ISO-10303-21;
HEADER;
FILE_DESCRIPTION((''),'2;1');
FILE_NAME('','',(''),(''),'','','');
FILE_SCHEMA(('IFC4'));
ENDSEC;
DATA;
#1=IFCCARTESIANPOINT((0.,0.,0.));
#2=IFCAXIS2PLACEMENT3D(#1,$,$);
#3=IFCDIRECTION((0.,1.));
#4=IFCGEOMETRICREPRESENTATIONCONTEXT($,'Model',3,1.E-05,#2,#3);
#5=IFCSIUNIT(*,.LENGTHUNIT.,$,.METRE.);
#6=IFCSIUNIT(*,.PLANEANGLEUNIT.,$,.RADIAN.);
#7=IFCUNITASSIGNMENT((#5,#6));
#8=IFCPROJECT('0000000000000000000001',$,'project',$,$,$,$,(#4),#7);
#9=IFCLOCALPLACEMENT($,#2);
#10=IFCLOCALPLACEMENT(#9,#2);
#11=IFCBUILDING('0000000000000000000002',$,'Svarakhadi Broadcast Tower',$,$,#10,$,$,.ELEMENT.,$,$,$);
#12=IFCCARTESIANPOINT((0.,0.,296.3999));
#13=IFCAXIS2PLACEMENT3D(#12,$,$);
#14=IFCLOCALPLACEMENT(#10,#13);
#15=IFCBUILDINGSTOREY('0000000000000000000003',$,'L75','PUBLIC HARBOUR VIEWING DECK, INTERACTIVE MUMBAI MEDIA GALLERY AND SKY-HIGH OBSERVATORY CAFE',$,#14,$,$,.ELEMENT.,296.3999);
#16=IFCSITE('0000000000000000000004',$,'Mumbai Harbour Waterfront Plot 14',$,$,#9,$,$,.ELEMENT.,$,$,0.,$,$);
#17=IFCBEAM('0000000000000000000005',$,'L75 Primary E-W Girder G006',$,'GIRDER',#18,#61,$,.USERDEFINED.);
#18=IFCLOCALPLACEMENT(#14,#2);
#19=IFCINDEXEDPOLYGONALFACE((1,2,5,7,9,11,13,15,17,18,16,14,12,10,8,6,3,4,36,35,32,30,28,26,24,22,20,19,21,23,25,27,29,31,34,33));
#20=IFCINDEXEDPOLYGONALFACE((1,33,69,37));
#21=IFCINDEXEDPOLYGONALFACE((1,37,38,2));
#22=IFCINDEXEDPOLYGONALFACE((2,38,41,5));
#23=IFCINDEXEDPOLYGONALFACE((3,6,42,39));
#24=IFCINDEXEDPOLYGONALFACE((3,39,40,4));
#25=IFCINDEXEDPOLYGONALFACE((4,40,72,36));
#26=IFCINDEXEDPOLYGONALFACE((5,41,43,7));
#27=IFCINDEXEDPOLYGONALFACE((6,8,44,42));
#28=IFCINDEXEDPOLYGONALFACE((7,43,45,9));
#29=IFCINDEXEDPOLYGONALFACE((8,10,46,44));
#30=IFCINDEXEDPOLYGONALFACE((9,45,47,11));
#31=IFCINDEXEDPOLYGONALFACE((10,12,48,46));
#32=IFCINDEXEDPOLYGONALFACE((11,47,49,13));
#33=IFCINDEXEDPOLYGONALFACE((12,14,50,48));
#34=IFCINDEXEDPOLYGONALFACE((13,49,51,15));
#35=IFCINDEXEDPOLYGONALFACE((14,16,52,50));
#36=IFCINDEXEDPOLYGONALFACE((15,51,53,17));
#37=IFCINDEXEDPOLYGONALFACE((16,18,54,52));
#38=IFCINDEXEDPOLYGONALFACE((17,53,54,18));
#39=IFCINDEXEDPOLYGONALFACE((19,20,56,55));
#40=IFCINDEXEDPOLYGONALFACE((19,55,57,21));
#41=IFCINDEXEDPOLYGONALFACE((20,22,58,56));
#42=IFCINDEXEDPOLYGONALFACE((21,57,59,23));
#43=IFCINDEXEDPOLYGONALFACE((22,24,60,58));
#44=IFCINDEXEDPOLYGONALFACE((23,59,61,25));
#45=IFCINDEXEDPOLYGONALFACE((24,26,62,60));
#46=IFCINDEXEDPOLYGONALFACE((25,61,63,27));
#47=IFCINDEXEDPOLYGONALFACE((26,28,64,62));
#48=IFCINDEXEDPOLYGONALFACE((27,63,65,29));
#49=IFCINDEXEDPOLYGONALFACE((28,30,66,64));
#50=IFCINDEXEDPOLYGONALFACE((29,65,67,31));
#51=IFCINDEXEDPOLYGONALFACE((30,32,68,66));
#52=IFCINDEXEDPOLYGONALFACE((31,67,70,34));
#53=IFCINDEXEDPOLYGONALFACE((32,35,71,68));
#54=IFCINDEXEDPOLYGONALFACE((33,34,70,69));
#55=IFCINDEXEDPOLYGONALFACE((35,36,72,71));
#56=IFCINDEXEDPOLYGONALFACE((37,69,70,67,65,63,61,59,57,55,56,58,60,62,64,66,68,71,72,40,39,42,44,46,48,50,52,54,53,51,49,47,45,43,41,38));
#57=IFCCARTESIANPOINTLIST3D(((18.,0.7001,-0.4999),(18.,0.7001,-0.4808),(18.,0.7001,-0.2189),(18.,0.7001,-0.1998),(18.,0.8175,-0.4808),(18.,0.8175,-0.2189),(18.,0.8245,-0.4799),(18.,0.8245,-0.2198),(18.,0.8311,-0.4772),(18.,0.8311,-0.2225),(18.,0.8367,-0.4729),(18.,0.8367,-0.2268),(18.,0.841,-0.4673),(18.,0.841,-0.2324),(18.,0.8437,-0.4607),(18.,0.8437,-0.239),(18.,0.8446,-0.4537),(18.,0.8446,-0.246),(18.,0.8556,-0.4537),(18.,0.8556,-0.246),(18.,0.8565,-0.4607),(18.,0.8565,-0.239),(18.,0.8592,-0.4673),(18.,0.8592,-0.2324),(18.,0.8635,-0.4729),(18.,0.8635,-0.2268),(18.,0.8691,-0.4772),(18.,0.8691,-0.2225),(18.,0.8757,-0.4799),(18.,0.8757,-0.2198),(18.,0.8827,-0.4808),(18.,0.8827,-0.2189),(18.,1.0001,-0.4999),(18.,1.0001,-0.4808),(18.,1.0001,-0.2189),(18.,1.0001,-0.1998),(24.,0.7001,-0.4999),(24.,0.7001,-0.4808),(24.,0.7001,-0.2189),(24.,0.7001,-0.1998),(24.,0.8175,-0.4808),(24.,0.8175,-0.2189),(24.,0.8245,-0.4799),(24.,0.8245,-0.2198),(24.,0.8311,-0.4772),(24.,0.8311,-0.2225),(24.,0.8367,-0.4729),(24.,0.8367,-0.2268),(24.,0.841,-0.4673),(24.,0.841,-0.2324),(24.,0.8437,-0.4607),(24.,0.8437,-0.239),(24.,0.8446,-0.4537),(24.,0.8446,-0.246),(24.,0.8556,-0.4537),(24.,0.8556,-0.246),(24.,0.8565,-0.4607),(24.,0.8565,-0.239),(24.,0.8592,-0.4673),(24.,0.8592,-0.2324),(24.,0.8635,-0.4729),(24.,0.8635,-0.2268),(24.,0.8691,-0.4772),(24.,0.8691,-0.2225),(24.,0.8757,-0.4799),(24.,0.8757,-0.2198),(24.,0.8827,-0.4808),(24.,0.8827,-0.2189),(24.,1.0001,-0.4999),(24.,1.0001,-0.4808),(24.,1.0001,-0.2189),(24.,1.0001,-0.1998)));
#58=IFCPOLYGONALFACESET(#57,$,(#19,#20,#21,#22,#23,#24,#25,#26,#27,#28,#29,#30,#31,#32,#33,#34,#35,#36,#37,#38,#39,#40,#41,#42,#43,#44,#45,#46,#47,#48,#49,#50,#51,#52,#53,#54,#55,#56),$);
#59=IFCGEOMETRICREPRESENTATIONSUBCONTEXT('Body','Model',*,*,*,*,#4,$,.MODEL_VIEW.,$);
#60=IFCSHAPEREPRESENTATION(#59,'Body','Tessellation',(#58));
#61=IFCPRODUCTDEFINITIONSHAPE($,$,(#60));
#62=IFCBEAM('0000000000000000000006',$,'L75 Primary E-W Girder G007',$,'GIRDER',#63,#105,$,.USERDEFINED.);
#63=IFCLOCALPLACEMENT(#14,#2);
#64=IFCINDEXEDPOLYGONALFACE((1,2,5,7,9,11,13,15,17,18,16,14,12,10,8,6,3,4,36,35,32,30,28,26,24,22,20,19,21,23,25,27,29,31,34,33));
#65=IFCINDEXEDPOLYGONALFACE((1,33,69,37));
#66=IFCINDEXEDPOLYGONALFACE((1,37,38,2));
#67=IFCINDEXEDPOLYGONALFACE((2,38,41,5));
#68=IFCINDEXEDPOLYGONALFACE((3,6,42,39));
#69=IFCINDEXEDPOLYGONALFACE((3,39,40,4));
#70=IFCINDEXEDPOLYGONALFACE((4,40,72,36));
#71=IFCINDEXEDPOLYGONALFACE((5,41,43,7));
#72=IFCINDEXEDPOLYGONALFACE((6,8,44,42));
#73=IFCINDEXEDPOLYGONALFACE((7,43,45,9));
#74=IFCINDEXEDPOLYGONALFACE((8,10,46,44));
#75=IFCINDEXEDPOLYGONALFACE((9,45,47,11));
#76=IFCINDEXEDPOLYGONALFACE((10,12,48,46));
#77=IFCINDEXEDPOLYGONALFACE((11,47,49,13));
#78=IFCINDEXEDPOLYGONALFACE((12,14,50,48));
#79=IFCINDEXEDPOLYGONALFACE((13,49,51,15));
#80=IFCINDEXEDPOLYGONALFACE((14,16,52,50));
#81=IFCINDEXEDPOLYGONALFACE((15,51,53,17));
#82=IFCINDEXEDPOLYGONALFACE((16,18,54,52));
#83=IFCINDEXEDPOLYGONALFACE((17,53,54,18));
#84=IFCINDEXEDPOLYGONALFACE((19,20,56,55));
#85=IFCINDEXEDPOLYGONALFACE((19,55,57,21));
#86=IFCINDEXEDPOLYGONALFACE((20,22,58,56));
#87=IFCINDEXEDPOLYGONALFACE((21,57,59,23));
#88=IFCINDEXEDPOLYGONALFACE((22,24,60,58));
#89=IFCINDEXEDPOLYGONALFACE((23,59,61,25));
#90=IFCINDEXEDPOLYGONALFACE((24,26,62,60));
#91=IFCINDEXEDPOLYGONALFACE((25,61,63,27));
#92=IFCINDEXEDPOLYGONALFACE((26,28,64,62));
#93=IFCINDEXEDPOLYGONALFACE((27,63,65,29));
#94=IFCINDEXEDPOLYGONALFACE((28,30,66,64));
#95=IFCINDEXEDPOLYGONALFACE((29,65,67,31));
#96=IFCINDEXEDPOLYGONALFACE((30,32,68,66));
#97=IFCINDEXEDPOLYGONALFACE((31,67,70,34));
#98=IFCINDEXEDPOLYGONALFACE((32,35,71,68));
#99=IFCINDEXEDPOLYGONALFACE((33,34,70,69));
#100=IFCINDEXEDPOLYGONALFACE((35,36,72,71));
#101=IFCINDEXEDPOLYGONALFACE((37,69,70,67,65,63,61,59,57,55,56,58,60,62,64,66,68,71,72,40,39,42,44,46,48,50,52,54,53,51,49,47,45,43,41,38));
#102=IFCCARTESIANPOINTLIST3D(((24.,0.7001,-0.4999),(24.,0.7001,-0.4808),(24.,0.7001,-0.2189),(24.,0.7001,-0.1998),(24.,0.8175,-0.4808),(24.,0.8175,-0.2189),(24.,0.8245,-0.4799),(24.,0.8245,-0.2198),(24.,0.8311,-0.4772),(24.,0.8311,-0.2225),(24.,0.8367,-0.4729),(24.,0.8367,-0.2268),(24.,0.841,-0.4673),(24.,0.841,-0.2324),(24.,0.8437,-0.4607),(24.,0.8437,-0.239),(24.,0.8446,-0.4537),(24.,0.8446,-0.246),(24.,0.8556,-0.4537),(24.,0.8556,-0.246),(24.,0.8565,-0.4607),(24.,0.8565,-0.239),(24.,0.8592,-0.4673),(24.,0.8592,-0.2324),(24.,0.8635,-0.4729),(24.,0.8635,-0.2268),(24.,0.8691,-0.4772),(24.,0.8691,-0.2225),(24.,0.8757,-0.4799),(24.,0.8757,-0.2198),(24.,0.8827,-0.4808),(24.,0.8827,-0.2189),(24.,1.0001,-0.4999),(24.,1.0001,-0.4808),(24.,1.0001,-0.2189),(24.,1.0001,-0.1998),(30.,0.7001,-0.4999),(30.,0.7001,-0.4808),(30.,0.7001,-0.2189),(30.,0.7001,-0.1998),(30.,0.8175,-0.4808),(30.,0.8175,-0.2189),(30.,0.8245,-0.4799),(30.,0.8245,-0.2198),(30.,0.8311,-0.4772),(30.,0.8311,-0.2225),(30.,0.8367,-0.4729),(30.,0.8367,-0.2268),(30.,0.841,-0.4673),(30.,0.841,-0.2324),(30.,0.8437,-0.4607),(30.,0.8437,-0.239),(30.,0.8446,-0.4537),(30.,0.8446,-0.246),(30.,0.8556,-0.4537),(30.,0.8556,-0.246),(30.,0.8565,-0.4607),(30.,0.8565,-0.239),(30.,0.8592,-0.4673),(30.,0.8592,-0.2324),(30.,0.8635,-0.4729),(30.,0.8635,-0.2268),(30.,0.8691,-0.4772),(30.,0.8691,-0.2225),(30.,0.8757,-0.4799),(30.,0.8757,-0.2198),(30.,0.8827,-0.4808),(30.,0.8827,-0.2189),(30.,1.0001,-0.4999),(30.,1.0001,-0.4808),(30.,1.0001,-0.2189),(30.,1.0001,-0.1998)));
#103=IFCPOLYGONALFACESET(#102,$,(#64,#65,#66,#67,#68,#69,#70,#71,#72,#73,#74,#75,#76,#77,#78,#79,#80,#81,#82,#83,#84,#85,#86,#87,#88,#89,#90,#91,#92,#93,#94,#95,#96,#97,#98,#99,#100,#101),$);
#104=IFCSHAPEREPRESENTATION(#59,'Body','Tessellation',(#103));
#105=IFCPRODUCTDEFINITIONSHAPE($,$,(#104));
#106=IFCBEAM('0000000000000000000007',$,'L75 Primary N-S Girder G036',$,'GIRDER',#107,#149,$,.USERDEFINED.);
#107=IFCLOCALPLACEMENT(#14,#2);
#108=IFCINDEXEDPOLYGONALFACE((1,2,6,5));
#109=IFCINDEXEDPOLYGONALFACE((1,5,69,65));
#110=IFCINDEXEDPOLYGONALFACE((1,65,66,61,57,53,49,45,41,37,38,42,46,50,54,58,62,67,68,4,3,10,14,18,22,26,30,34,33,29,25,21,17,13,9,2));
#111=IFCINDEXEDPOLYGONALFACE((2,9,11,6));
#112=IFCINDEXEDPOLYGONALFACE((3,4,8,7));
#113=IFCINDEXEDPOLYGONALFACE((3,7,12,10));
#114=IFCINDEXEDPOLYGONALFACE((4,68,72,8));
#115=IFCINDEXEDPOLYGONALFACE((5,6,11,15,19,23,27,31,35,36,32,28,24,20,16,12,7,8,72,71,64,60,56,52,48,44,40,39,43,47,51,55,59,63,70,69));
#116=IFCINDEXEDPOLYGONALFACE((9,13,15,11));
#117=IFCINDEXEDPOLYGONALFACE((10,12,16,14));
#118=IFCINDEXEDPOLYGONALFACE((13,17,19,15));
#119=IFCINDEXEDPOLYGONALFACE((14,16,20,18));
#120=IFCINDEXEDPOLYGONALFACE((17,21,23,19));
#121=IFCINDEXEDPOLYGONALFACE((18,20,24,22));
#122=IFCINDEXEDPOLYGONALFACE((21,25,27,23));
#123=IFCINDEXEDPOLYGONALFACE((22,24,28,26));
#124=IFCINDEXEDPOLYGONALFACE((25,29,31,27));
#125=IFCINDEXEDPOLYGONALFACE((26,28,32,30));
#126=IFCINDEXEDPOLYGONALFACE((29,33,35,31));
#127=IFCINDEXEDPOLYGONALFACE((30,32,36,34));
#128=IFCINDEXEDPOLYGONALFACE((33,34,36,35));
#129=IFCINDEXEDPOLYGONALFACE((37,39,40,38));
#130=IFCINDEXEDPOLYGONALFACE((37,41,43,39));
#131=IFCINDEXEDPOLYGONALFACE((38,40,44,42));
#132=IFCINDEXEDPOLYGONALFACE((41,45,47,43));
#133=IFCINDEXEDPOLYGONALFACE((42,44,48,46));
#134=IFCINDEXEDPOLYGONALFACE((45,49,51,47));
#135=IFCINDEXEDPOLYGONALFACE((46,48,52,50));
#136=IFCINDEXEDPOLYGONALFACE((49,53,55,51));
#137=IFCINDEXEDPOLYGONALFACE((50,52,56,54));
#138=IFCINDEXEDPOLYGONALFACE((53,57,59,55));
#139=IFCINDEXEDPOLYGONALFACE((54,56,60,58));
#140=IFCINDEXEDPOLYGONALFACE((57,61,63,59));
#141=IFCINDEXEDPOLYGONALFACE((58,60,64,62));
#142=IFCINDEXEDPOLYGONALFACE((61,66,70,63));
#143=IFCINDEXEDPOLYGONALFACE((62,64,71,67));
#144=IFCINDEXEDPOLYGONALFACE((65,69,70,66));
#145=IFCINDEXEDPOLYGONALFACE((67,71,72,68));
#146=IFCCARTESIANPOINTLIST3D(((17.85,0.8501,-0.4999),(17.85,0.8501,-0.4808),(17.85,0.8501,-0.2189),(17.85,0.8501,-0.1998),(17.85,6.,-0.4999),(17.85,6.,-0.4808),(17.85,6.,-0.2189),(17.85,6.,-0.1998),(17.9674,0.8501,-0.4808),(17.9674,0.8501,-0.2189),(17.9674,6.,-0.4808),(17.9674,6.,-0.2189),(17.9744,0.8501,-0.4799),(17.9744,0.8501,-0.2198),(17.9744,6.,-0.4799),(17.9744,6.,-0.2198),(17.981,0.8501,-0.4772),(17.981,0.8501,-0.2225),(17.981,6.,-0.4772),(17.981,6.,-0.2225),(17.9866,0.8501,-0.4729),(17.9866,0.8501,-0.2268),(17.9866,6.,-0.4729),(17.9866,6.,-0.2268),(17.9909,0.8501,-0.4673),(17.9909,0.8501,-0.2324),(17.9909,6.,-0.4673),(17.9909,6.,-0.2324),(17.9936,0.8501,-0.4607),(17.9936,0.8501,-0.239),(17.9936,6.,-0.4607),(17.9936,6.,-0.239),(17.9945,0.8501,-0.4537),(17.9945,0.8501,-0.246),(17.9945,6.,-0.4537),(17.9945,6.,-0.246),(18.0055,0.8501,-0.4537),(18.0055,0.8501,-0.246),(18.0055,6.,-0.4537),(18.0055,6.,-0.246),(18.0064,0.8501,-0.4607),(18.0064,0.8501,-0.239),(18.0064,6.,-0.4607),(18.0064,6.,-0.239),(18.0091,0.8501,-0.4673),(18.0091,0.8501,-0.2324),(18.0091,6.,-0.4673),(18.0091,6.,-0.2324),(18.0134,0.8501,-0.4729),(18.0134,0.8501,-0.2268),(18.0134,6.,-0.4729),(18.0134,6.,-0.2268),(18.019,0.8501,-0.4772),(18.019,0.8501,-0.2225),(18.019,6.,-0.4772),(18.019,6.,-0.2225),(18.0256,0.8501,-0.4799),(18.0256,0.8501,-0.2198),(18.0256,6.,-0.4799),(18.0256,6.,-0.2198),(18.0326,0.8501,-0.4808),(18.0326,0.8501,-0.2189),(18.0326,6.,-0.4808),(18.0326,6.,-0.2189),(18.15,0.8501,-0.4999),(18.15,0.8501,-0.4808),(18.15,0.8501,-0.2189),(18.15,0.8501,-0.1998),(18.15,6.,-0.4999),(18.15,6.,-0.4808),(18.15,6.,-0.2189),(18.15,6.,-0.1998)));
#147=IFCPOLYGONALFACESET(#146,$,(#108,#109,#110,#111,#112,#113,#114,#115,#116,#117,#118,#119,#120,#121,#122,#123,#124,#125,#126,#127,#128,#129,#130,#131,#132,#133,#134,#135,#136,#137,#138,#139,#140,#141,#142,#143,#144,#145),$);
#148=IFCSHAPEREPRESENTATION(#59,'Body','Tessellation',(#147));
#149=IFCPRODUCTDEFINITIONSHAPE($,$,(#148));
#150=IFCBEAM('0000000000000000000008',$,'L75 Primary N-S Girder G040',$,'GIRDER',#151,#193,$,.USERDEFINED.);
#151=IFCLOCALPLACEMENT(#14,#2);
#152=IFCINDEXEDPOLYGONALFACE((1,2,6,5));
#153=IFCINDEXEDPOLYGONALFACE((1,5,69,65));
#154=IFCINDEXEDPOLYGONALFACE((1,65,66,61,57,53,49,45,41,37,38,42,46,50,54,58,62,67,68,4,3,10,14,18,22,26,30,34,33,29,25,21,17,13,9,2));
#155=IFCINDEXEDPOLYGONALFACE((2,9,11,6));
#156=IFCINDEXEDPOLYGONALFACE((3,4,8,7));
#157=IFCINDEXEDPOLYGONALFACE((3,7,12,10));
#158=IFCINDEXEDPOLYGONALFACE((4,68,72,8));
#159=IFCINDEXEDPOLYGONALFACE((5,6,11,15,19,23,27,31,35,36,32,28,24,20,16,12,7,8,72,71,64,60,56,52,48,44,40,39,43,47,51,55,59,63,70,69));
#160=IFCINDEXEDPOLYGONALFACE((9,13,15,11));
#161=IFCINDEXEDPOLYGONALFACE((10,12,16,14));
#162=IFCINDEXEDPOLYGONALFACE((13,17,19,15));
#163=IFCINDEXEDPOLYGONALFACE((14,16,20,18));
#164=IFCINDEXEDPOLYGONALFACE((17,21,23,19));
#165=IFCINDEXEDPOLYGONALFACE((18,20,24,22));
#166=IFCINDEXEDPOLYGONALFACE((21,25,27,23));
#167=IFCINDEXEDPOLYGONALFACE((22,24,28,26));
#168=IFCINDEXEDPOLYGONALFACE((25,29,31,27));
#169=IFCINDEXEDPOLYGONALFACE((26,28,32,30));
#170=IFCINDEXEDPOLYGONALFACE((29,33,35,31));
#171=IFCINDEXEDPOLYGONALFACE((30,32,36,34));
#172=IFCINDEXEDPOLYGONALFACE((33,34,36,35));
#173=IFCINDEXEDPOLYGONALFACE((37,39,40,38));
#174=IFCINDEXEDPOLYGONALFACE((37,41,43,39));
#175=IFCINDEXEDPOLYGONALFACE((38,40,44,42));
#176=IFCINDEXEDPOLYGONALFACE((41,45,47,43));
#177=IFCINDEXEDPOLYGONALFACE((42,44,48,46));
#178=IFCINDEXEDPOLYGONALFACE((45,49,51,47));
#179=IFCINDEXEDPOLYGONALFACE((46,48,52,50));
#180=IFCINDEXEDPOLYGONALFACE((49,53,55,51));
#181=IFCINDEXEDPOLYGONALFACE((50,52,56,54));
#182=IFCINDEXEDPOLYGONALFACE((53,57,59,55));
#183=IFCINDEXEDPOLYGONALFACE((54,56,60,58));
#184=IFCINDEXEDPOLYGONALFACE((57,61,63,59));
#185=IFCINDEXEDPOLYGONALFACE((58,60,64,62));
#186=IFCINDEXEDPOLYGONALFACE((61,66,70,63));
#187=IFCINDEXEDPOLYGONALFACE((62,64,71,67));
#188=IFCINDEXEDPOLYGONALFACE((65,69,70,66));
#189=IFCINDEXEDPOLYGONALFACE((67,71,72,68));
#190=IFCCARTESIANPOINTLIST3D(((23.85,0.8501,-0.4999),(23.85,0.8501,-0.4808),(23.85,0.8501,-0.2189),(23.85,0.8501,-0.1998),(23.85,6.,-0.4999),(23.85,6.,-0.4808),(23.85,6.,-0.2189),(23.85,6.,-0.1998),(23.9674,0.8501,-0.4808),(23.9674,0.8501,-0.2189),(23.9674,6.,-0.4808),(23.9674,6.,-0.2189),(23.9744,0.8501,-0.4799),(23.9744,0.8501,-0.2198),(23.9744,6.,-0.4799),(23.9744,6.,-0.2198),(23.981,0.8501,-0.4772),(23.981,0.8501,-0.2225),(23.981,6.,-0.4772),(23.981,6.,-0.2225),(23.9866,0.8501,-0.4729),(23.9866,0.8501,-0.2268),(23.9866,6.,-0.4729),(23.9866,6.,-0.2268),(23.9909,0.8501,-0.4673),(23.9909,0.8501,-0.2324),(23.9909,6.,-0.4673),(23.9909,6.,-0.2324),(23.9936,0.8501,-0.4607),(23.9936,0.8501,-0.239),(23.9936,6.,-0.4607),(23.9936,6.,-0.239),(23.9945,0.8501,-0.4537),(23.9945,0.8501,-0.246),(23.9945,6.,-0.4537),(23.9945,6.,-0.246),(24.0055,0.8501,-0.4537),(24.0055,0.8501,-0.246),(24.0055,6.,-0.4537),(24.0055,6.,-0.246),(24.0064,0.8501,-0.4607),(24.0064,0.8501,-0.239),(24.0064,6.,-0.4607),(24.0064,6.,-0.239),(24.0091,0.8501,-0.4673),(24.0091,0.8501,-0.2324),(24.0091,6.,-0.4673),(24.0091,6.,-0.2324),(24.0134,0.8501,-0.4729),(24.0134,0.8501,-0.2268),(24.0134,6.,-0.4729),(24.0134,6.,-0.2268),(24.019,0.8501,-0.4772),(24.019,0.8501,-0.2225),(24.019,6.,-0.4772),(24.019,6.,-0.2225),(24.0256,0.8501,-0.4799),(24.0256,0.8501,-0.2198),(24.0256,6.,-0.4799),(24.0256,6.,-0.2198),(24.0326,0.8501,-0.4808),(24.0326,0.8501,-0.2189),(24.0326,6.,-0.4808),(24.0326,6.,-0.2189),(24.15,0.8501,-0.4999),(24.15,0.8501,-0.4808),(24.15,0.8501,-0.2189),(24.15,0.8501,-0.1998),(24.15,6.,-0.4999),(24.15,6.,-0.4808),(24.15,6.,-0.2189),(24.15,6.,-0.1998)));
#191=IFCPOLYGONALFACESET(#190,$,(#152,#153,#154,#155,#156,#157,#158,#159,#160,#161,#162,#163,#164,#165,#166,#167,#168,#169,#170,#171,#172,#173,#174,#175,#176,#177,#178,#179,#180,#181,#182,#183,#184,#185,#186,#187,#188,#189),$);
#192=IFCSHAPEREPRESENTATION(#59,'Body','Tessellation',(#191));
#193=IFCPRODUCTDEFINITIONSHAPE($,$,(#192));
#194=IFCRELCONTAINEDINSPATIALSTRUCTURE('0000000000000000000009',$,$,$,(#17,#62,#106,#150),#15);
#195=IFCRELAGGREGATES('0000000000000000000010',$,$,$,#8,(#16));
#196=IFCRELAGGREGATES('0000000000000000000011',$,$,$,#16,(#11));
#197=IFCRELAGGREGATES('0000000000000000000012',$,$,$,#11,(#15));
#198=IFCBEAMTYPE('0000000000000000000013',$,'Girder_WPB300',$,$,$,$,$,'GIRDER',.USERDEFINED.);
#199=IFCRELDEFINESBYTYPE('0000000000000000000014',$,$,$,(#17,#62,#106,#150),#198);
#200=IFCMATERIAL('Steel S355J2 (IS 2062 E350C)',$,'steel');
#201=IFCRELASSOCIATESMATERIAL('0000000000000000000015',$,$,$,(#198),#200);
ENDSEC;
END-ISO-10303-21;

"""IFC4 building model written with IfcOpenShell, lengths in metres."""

from ifc_helpers import new_model, si_unit, direction, frame, origin, origin_2d, place, context, subcontext, project, spatial, i_section, extrude, material, material_profile, profile_set, type_object, element, save


model = new_model("IFC4")

# Units and contexts
model_context = context("Model", 3, precision=1e-05, world=origin(), true_north=direction((0.0, 1.0)))
body_context = subcontext(model_context, "Body", "Model", "MODEL_VIEW")
ifc_project = project(units=[si_unit("LENGTHUNIT", "METRE"), si_unit("PLANEANGLEUNIT", "RADIAN")], contexts=[model_context])

# Site, building, storey
site_placement = place(None, origin())
site = spatial("IfcSite", under=ifc_project, at=site_placement, Name="Mumbai Harbour Waterfront Plot 14", CompositionType="ELEMENT", RefElevation=0.0)
building_placement = place(site_placement, origin())
building = spatial("IfcBuilding", under=site, at=building_placement, Name="Svarakhadi Broadcast Tower", CompositionType="ELEMENT")
storey_placement = place(building_placement, frame((0.0, 0.0, 296.3999)))
storey = spatial("IfcBuildingStorey", under=building, at=storey_placement, Name="L75", Description="PUBLIC HARBOUR VIEWING DECK, INTERACTIVE MUMBAI MEDIA GALLERY AND SKY-HIGH OBSERVATORY CAFE", CompositionType="ELEMENT", Elevation=296.3999)

# Beams
ifc_material_1 = material(Name="Steel S355J2 (IS 2062 E350C)", Category="steel")
ifc_material_profile_1 = material_profile(ifc_material_1, i_section(OverallWidth=0.3, OverallDepth=0.3, WebThickness=0.011, FlangeThickness=0.019, FilletRadius=0.0271, at=origin_2d()), Name="WPB 300x300x117")
ifc_profile_set_1 = profile_set([ifc_material_profile_1], Name="Steel S355J2 (IS 2062 E350C)")
beam_type_1 = type_object("IfcBeamType", Name="Girder_WPB300", ElementType="GIRDER", PredefinedType="USERDEFINED", material=ifc_profile_set_1)
for number, where, z_axis, x_axis, name in (
    (1, (18.0, 0.8501, -0.3499), (1.0, 0.0, 0.0), (0.0, 1.0, 0.0), "L75 Primary E-W Girder G006"),
    (2, (24.0, 0.8501, -0.3499), (1.0, 0.0, 0.0), (0.0, 1.0, 0.0), "L75 Primary E-W Girder G007"),
):
    element("IfcBeam", number, at=place(storey_placement, frame(where, z_axis=z_axis, x_axis=x_axis)), inside=storey, type_object=beam_type_1, Name=name, ObjectType="GIRDER", PredefinedType="USERDEFINED", context=body_context, shape_type="SweptSolid", body=[
        extrude(i_section(OverallWidth=0.3, OverallDepth=0.3, WebThickness=0.011, FlangeThickness=0.019, FilletRadius=0.0271, at=origin_2d()), origin(), (0.0, 0.0, 1.0), 6.0),
    ])
for number, where, z_axis, x_axis, name in (
    (3, (18.0, 0.8501, -0.3499), (0.0, 1.0, 0.0), (-1.0, 0.0, 0.0), "L75 Primary N-S Girder G036"),
    (4, (24.0, 0.8501, -0.3499), (0.0, 1.0, 0.0), (-1.0, 0.0, 0.0), "L75 Primary N-S Girder G040"),
):
    element("IfcBeam", number, at=place(storey_placement, frame(where, z_axis=z_axis, x_axis=x_axis)), inside=storey, type_object=beam_type_1, Name=name, ObjectType="GIRDER", PredefinedType="USERDEFINED", context=body_context, shape_type="SweptSolid", body=[
        extrude(i_section(OverallWidth=0.3, OverallDepth=0.3, WebThickness=0.011, FlangeThickness=0.019, FilletRadius=0.0271, at=origin_2d()), origin(), (0.0, 0.0, 1.0), 5.1499),
    ])

save(model, "model.ifc")
